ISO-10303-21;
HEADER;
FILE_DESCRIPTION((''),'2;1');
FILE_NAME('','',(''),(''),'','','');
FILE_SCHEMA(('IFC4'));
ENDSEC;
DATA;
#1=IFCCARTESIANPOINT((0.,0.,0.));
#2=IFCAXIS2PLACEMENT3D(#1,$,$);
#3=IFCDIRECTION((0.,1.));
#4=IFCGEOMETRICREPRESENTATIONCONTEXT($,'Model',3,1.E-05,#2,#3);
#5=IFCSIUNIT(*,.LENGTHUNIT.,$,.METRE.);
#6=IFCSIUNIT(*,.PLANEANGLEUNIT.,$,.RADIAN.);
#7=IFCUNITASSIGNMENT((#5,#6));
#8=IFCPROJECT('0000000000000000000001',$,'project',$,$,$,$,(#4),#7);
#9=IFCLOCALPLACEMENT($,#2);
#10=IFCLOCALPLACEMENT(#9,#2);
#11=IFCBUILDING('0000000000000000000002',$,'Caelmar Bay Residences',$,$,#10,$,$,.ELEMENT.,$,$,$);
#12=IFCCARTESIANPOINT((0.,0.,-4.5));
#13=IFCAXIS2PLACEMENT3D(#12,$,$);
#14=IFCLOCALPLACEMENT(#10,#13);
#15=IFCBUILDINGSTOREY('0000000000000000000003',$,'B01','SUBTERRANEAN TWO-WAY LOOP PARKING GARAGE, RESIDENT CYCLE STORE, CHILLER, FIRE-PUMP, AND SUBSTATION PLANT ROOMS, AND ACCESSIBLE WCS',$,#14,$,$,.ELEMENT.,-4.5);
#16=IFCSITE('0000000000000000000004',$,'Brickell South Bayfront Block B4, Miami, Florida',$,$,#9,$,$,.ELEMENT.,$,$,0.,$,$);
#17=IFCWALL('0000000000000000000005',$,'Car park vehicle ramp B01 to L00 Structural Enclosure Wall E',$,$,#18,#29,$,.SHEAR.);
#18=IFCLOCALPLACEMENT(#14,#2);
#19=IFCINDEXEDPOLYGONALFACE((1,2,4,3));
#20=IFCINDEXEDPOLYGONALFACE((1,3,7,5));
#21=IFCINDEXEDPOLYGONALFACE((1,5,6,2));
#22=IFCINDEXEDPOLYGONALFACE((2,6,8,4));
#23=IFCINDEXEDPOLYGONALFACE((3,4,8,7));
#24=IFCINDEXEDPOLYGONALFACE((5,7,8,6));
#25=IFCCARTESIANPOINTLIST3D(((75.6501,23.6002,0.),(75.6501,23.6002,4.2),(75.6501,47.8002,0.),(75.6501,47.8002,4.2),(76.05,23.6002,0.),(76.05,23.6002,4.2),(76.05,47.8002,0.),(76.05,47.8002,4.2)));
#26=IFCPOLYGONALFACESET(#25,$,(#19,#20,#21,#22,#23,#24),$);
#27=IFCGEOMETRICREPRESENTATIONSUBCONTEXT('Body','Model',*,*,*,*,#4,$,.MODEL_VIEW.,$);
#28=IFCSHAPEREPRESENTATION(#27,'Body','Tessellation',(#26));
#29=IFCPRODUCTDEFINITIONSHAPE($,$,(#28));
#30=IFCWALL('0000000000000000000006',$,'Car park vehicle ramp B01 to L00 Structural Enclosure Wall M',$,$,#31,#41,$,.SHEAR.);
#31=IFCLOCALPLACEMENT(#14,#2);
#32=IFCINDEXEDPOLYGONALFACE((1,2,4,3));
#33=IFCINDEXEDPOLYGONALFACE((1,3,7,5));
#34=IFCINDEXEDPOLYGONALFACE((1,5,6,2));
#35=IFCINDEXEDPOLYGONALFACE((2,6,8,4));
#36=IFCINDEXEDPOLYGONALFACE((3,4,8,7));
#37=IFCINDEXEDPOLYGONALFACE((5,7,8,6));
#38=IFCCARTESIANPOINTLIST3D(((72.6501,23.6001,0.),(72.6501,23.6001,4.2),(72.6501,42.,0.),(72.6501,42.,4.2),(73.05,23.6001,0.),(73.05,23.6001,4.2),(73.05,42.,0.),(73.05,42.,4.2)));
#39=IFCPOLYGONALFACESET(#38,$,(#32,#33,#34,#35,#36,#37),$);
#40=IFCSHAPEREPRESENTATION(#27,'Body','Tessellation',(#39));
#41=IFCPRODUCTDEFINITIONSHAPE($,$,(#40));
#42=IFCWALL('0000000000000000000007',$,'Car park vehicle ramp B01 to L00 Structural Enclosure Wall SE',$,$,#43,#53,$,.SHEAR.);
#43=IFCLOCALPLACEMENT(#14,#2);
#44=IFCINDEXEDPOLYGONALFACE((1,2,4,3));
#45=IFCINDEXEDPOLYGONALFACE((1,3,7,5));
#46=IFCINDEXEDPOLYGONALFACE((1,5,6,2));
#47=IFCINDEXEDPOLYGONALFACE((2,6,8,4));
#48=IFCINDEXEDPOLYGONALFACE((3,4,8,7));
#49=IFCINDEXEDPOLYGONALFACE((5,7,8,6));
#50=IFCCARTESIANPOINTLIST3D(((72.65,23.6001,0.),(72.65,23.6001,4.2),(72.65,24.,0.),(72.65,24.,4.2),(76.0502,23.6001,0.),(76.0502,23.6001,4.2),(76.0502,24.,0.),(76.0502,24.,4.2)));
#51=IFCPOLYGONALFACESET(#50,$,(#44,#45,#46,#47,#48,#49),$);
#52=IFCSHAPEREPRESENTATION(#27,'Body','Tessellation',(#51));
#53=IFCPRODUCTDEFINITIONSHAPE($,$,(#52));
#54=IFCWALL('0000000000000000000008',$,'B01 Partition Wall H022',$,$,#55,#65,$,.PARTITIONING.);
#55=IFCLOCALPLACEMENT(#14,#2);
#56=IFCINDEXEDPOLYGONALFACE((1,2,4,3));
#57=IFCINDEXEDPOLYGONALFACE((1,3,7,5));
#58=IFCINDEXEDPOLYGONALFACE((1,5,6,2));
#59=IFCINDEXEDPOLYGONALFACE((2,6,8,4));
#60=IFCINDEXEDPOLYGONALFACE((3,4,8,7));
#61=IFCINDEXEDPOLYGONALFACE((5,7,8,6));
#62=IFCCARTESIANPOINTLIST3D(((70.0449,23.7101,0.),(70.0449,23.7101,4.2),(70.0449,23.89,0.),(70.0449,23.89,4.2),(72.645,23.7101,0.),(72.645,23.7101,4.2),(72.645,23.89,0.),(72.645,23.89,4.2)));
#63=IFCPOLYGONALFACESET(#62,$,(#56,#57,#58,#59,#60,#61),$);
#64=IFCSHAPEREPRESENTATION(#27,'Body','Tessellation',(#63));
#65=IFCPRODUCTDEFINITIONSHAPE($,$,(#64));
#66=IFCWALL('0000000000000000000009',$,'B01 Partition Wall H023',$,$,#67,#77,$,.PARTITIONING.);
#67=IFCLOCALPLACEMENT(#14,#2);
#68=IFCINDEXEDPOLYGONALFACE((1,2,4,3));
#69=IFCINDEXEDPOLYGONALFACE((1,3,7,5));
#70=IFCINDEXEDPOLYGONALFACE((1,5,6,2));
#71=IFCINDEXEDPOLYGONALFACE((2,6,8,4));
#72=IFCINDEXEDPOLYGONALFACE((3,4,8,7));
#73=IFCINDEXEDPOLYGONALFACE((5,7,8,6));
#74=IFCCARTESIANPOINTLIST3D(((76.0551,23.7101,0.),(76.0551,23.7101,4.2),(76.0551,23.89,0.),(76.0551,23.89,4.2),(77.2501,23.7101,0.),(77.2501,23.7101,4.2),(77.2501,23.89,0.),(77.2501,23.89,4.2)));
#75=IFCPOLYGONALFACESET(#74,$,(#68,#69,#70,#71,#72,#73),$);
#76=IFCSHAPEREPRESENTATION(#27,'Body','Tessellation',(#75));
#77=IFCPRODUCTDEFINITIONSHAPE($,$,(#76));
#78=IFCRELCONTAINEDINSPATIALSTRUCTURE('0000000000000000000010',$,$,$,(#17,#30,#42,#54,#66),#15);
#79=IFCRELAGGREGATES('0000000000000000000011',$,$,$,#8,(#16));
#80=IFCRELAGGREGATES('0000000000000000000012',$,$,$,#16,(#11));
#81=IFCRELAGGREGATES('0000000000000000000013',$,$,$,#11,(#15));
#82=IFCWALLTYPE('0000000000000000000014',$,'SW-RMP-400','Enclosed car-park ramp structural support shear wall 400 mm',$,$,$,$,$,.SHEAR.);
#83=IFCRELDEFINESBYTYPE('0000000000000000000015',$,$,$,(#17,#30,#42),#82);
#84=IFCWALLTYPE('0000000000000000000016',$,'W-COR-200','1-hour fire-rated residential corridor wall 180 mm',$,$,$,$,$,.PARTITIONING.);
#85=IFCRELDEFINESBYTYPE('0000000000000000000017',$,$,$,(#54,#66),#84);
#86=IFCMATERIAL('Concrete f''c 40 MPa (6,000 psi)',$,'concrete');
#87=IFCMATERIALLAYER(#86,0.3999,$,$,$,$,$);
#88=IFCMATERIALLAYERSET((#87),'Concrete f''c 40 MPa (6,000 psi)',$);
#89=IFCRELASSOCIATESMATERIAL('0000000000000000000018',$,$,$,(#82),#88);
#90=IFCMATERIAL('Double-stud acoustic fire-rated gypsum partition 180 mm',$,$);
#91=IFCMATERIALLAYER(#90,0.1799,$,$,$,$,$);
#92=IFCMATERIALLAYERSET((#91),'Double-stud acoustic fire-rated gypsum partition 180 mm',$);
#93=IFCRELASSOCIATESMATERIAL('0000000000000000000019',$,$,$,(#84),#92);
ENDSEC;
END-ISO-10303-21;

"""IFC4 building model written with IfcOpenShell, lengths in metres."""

from ifc_helpers import new_model, si_unit, direction, frame, frame_2d, origin, place, context, subcontext, project, spatial, rectangle, extrude, material, layer, layer_set, type_object, element, save


model = new_model("IFC4")

# Units and contexts
model_context = context("Model", 3, precision=1e-05, world=origin(), true_north=direction((0.0, 1.0)))
body_context = subcontext(model_context, "Body", "Model", "MODEL_VIEW")
ifc_project = project(units=[si_unit("LENGTHUNIT", "METRE"), si_unit("PLANEANGLEUNIT", "RADIAN")], contexts=[model_context])

# Site, building, storey
site_placement = place(None, origin())
site = spatial("IfcSite", under=ifc_project, at=site_placement, Name="Brickell South Bayfront Block B4, Miami, Florida", CompositionType="ELEMENT", RefElevation=0.0)
building_placement = place(site_placement, origin())
building = spatial("IfcBuilding", under=site, at=building_placement, Name="Caelmar Bay Residences", CompositionType="ELEMENT")
storey_placement = place(building_placement, frame((0.0, 0.0, -4.5)))
storey = spatial("IfcBuildingStorey", under=building, at=storey_placement, Name="B01", Description="SUBTERRANEAN TWO-WAY LOOP PARKING GARAGE, RESIDENT CYCLE STORE, CHILLER, FIRE-PUMP, AND SUBSTATION PLANT ROOMS, AND ACCESSIBLE WCS", CompositionType="ELEMENT", Elevation=-4.5)

# Shared definitions
ifc_material_1 = material(Name="Concrete f'c 40 MPa (6,000 psi)", Category="concrete")

# Walls
ifc_layer_1 = layer(ifc_material_1, 0.3999)
ifc_layer_set_1 = layer_set([ifc_layer_1], Name="Concrete f'c 40 MPa (6,000 psi)")
wall_type_1 = type_object("IfcWallType", Name="SW-RMP-400", Description="Enclosed car-park ramp structural support shear wall 400 mm", PredefinedType="SHEAR", material=ifc_layer_set_1)
for number, where, z_axis, x_axis, name in (
    (1, (75.8501, 23.6001, 0.0), (0.0, 0.0, 1.0), (0.0, 1.0, 0.0), "Car park vehicle ramp B01 to L00 Structural Enclosure Wall E"),
):
    element("IfcWall", number, at=place(storey_placement, frame(where, z_axis=z_axis, x_axis=x_axis)), inside=storey, type_object=wall_type_1, Name=name, PredefinedType="SHEAR", context=body_context, shape_type="SweptSolid", body=[
        extrude(rectangle(XDim=24.2, YDim=0.3999, at=frame_2d((12.1001, 0.0))), origin(), (0.0, 0.0, 1.0), 4.2),
    ])
wall_1_placement = place(storey_placement, frame((72.8501, 23.6001, 0.0), z_axis=(0.0, 0.0, 1.0), x_axis=(0.0, 1.0, 0.0)))
element("IfcWall", 2, at=wall_1_placement, inside=storey, type_object=wall_type_1, Name="Car park vehicle ramp B01 to L00 Structural Enclosure Wall M", PredefinedType="SHEAR", context=body_context, shape_type="SweptSolid", body=[
    extrude(rectangle(XDim=18.3999, YDim=0.3999, at=frame_2d((9.2, 0.0))), origin(), (0.0, 0.0, 1.0), 4.2),
])
wall_2_placement = place(storey_placement, frame((72.6499, 23.8, 0.0), z_axis=(0.0, 0.0, 1.0), x_axis=(1.0, 0.0, 0.0)))
element("IfcWall", 3, at=wall_2_placement, inside=storey, type_object=wall_type_1, Name="Car park vehicle ramp B01 to L00 Structural Enclosure Wall SE", PredefinedType="SHEAR", context=body_context, shape_type="SweptSolid", body=[
    extrude(rectangle(XDim=3.4001, YDim=0.3999, at=frame_2d((1.7002, 0.0))), origin(), (0.0, 0.0, 1.0), 4.2),
])
ifc_material_2 = material(Name="Double-stud acoustic fire-rated gypsum partition 180 mm")
ifc_layer_2 = layer(ifc_material_2, 0.1799)
ifc_layer_set_2 = layer_set([ifc_layer_2], Name="Double-stud acoustic fire-rated gypsum partition 180 mm")
wall_type_2 = type_object("IfcWallType", Name="W-COR-200", Description="1-hour fire-rated residential corridor wall 180 mm", PredefinedType="PARTITIONING", material=ifc_layer_set_2)
wall_3_placement = place(storey_placement, frame((70.0449, 23.8, 0.0), z_axis=(0.0, 0.0, 1.0), x_axis=(1.0, 0.0, 0.0)))
element("IfcWall", 4, at=wall_3_placement, inside=storey, type_object=wall_type_2, Name="B01 Partition Wall H022", PredefinedType="PARTITIONING", context=body_context, shape_type="SweptSolid", body=[
    extrude(rectangle(XDim=2.6001, YDim=0.1799, at=frame_2d((1.3, 0.0))), origin(), (0.0, 0.0, 1.0), 4.2),
])
wall_4_placement = place(storey_placement, frame((76.0549, 23.8, 0.0), z_axis=(0.0, 0.0, 1.0), x_axis=(1.0, 0.0, 0.0)))
element("IfcWall", 5, at=wall_4_placement, inside=storey, type_object=wall_type_2, Name="B01 Partition Wall H023", PredefinedType="PARTITIONING", context=body_context, shape_type="SweptSolid", body=[
    extrude(rectangle(XDim=1.1951, YDim=0.1799, at=frame_2d((0.5977, 0.0))), origin(), (0.0, 0.0, 1.0), 4.2),
])

save(model, "model.ifc")
